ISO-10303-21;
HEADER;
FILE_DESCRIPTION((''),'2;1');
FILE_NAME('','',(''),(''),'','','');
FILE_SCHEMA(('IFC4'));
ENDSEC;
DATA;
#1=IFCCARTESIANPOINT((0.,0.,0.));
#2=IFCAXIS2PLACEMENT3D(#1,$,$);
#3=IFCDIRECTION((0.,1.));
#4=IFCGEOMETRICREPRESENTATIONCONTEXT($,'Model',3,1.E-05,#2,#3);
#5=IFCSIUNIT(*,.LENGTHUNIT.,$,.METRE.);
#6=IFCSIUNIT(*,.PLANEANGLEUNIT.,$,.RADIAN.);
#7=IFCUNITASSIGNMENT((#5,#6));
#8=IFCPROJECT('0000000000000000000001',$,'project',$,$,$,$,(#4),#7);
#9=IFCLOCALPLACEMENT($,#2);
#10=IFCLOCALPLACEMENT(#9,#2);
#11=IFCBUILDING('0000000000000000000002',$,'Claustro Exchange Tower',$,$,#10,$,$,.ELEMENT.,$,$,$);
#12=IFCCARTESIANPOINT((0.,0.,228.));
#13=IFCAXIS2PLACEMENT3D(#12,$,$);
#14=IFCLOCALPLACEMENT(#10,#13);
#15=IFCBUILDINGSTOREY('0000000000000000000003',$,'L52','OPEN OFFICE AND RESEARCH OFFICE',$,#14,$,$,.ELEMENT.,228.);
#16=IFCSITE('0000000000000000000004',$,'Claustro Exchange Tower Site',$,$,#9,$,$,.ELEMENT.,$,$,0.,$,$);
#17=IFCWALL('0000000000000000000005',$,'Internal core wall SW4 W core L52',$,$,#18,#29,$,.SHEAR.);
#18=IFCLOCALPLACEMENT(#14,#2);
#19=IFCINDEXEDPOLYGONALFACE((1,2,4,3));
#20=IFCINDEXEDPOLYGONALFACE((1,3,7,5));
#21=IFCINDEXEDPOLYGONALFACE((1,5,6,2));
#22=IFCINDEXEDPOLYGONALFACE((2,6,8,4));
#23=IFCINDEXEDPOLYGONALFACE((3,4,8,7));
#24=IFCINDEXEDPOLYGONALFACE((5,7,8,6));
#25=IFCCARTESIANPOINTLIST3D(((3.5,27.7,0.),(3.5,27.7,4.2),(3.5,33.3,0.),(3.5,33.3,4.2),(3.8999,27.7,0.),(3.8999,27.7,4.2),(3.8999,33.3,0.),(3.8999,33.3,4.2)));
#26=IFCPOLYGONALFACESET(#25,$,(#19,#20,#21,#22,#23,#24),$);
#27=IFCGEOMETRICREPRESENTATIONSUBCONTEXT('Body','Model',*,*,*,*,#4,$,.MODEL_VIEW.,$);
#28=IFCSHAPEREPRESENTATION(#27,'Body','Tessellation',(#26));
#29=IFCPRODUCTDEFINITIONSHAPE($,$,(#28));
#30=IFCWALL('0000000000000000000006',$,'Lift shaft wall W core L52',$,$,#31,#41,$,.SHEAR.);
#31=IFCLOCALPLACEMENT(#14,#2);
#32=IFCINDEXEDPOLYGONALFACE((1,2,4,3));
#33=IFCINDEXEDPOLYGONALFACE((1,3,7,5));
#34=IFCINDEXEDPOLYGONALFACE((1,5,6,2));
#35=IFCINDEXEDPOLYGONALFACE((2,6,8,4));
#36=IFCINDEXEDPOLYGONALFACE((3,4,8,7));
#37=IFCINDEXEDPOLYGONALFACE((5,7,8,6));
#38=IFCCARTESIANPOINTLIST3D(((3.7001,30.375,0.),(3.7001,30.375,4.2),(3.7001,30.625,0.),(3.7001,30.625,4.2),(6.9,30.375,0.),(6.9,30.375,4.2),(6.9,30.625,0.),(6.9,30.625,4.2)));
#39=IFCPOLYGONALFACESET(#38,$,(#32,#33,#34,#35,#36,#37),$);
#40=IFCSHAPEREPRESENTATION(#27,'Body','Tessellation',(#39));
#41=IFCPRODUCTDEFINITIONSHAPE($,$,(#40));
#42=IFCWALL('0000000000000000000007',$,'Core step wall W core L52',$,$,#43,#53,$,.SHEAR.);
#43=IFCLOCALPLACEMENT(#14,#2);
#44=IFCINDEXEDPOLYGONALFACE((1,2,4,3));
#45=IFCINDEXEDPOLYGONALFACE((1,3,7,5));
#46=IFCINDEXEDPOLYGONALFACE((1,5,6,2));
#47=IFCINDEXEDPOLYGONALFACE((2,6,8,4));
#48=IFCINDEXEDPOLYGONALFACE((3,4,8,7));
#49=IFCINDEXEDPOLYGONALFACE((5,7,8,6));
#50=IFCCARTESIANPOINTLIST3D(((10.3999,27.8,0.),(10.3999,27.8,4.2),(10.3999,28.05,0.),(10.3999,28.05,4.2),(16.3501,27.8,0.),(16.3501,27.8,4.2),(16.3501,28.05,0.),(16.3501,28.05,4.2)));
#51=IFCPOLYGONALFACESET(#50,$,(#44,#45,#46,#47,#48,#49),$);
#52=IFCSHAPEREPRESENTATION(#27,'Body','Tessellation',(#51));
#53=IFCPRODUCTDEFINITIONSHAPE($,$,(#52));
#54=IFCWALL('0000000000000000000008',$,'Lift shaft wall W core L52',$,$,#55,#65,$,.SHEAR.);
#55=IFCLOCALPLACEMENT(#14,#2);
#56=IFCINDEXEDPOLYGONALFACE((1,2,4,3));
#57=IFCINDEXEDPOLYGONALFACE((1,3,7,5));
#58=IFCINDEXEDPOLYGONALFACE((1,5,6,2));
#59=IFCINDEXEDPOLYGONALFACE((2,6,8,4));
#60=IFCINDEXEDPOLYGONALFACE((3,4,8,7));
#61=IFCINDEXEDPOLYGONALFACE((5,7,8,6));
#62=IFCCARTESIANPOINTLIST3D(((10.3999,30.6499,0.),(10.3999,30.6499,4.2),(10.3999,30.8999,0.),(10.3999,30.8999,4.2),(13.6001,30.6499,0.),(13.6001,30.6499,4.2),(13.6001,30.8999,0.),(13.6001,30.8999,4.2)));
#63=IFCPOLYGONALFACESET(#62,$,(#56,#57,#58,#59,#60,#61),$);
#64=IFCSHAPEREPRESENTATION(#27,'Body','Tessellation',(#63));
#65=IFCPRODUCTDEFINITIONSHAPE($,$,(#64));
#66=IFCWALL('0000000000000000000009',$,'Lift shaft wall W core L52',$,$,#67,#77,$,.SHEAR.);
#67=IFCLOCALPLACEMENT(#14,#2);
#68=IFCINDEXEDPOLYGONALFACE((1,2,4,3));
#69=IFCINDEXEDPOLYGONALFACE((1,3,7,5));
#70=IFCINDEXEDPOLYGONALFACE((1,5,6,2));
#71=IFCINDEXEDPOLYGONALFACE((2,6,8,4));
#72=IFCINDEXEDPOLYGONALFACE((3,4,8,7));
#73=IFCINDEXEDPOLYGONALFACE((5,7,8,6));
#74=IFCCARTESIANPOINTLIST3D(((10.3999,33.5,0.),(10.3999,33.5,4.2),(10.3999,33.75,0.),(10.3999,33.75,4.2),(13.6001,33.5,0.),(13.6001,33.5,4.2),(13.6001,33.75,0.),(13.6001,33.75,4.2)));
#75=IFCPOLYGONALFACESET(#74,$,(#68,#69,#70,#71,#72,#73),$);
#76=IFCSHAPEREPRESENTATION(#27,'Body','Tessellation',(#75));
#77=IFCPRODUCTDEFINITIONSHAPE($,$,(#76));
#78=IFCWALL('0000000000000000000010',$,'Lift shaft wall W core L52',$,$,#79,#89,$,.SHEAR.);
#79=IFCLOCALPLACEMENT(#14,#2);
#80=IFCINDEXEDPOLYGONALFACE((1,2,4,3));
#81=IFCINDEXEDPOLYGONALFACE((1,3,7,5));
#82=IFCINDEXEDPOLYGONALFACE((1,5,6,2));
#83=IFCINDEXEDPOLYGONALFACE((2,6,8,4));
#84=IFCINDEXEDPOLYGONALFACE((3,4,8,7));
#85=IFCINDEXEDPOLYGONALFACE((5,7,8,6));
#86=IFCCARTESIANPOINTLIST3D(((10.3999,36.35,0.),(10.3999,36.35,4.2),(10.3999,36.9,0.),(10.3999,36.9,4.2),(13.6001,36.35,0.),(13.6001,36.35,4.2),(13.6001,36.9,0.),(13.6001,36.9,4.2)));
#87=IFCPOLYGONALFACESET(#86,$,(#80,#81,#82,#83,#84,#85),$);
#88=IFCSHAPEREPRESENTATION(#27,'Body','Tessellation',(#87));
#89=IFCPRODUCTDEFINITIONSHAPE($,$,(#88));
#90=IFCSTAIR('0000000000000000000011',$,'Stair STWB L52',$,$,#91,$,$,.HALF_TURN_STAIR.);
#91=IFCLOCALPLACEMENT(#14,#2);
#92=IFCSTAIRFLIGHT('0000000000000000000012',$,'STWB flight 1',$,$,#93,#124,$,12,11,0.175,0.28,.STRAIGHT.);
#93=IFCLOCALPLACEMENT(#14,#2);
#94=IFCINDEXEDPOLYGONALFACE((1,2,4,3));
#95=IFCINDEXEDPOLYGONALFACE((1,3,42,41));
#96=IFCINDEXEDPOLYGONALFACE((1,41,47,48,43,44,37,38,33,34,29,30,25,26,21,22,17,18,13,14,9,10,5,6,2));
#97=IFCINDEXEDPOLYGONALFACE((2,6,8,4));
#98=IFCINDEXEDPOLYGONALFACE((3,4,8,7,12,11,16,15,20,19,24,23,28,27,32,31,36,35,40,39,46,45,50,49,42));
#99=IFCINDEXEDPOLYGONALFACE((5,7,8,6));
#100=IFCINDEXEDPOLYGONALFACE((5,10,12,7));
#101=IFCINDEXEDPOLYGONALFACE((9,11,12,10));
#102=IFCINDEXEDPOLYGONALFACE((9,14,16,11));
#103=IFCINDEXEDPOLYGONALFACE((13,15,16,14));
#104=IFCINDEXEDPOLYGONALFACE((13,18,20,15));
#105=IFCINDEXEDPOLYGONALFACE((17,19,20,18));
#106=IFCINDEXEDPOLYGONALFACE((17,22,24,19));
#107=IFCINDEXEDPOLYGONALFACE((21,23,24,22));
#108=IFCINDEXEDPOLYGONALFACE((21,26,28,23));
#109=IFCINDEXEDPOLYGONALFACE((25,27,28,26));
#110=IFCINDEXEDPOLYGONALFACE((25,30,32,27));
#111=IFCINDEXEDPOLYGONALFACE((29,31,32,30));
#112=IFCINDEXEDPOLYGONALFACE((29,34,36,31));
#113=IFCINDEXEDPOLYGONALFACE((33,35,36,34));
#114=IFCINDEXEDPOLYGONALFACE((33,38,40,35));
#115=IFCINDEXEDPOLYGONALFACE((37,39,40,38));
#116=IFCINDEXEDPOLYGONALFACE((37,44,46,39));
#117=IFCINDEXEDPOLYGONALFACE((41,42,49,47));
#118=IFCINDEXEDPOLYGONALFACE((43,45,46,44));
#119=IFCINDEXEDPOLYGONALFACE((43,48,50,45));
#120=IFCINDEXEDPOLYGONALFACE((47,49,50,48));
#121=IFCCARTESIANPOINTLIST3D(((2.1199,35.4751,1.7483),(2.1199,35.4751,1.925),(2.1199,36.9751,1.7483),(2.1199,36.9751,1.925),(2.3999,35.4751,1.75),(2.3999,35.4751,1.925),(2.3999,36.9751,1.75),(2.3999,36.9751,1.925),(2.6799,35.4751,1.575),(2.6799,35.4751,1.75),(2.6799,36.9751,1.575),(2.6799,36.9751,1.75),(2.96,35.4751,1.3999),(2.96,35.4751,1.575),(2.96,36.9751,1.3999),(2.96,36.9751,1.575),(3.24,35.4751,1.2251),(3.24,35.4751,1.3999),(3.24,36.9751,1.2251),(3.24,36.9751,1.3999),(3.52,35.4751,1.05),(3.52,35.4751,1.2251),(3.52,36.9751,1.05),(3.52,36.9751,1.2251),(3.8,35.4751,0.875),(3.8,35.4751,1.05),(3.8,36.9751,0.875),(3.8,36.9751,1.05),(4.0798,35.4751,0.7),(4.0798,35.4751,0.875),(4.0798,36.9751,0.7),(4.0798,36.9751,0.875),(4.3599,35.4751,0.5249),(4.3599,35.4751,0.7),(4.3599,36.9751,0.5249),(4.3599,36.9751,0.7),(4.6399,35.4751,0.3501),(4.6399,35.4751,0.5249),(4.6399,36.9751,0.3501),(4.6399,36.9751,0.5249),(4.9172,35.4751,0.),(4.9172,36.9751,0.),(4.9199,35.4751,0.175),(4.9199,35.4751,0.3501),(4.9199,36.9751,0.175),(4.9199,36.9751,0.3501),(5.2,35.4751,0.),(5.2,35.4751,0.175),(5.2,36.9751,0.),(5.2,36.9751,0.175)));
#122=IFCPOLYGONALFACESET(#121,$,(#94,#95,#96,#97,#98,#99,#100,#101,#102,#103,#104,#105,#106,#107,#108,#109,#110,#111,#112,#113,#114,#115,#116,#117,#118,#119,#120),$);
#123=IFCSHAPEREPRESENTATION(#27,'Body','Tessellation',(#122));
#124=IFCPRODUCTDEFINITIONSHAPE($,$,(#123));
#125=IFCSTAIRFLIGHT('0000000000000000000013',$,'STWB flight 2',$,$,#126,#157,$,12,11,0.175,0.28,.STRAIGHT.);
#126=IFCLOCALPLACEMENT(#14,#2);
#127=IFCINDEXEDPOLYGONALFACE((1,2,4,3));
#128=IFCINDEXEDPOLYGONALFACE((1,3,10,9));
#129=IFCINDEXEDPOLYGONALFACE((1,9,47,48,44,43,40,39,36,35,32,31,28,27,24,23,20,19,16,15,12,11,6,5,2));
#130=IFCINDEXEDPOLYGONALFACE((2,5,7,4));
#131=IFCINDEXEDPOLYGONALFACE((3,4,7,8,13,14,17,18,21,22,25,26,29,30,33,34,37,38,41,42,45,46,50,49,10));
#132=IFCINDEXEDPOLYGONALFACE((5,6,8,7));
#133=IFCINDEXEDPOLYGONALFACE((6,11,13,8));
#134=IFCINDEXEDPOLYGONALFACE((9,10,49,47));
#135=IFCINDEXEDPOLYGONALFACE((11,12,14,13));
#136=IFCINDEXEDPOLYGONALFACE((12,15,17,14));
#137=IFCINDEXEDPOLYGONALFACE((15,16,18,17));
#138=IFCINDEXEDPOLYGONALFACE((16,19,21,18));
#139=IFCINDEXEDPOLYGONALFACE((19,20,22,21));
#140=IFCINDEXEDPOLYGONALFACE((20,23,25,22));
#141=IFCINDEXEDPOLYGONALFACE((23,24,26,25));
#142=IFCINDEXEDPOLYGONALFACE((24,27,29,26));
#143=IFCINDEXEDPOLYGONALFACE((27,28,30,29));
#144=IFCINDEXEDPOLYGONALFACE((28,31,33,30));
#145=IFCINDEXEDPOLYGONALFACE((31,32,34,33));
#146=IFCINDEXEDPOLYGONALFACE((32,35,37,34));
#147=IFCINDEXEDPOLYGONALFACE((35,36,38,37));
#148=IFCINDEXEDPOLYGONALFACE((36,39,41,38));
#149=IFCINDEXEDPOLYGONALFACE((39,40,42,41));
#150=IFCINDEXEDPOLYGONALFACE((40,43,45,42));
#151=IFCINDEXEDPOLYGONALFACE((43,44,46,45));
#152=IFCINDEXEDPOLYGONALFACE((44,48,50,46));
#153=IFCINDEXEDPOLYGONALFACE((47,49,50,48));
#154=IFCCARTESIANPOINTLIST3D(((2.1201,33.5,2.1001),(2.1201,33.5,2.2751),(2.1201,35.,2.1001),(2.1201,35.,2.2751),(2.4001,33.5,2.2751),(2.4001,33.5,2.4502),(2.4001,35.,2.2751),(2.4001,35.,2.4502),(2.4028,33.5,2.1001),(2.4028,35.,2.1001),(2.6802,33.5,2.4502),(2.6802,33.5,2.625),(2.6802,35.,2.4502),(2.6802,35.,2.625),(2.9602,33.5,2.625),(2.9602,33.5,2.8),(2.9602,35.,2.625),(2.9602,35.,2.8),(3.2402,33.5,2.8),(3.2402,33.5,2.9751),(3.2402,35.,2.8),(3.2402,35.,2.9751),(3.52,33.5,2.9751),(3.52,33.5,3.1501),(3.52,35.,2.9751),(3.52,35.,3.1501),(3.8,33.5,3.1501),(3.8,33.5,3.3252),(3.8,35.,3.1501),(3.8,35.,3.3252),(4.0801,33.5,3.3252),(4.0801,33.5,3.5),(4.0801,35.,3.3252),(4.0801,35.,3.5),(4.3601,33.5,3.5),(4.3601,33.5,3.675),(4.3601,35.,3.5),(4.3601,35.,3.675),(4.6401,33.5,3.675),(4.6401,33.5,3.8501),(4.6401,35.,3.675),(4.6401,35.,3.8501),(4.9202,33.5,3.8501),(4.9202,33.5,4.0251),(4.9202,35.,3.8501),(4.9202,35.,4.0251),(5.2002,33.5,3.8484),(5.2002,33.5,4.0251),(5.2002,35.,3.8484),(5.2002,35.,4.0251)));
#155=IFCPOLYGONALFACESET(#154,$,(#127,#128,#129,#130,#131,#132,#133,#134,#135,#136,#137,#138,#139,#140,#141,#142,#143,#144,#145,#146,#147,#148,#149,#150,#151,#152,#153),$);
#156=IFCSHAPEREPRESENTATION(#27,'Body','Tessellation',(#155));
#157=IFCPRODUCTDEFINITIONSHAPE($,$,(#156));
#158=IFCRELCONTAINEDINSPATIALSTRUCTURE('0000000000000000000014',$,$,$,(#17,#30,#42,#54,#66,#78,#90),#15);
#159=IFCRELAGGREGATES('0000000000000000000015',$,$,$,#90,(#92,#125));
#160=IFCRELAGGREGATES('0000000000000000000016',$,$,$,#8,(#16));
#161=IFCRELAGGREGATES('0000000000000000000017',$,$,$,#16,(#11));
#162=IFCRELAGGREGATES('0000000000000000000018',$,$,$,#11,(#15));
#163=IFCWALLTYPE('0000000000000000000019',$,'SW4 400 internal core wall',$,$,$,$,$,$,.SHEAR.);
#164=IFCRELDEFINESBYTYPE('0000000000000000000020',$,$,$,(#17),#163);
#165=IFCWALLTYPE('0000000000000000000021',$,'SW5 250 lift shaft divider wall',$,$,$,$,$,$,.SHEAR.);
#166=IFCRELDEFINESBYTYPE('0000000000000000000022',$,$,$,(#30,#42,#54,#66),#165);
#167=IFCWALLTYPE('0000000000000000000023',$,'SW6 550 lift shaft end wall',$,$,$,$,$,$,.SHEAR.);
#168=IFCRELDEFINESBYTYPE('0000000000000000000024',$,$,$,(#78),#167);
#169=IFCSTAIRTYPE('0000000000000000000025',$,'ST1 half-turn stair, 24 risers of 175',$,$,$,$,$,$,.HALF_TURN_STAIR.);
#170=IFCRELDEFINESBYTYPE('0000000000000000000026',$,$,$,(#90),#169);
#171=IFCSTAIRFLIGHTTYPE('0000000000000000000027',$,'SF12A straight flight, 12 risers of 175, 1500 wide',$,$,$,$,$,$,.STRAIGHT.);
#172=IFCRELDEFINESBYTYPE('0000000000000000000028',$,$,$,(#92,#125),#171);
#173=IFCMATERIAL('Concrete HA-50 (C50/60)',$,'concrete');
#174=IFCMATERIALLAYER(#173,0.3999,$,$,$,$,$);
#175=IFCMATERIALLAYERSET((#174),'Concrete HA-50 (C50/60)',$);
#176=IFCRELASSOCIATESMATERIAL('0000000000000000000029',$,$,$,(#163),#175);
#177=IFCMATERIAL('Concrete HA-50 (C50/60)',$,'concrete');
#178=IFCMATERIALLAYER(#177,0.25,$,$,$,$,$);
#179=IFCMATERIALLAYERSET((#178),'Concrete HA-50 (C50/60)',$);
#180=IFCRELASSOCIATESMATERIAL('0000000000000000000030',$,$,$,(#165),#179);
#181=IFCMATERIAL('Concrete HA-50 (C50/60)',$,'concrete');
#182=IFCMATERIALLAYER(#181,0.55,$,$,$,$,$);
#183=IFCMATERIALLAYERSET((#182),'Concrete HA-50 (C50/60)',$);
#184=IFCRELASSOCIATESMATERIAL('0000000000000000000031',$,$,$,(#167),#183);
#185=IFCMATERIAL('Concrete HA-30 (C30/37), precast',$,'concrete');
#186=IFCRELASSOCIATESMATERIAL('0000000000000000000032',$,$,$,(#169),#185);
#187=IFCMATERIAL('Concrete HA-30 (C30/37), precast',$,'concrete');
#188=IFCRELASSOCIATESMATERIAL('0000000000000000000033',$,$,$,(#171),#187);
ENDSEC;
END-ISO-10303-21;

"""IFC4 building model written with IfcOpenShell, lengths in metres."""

from ifc_helpers import new_model, si_unit, direction, frame, frame_2d, origin, place, context, subcontext, project, spatial, polyline, rectangle, outline, extrude, material, layer, layer_set, type_object, element, aggregate, save


model = new_model("IFC4")

# Units and contexts
model_context = context("Model", 3, precision=1e-05, world=origin(), true_north=direction((0.0, 1.0)))
body_context = subcontext(model_context, "Body", "Model", "MODEL_VIEW")
ifc_project = project(units=[si_unit("LENGTHUNIT", "METRE"), si_unit("PLANEANGLEUNIT", "RADIAN")], contexts=[model_context])

# Site, building, storey
site_placement = place(None, origin())
site = spatial("IfcSite", under=ifc_project, at=site_placement, Name="Claustro Exchange Tower Site", CompositionType="ELEMENT", RefElevation=0.0)
building_placement = place(site_placement, origin())
building = spatial("IfcBuilding", under=site, at=building_placement, Name="Claustro Exchange Tower", CompositionType="ELEMENT")
storey_placement = place(building_placement, frame((0.0, 0.0, 228.0)))
storey = spatial("IfcBuildingStorey", under=building, at=storey_placement, Name="L52", Description="OPEN OFFICE AND RESEARCH OFFICE", CompositionType="ELEMENT", Elevation=228.0)

# Walls
ifc_material_1 = material(Name="Concrete HA-50 (C50/60)", Category="concrete")
ifc_layer_1 = layer(ifc_material_1, 0.3999)
ifc_layer_set_1 = layer_set([ifc_layer_1], Name="Concrete HA-50 (C50/60)")
wall_type_1 = type_object("IfcWallType", Name="SW4 400 internal core wall", PredefinedType="SHEAR", material=ifc_layer_set_1)
wall_1_placement = place(storey_placement, frame((3.7, 27.7, 0.0), z_axis=(0.0, 0.0, 1.0), x_axis=(0.0, 1.0, 0.0)))
element("IfcWall", 1, at=wall_1_placement, inside=storey, type_object=wall_type_1, Name="Internal core wall SW4 W core L52", PredefinedType="SHEAR", context=body_context, shape_type="SweptSolid", body=[
    extrude(rectangle(XDim=5.6001, YDim=0.3999, at=frame_2d((2.8, 0.0))), origin(), (0.0, 0.0, 1.0), 4.2),
])
ifc_material_2 = material(Name="Concrete HA-50 (C50/60)", Category="concrete")
ifc_layer_2 = layer(ifc_material_2, 0.25)
ifc_layer_set_2 = layer_set([ifc_layer_2], Name="Concrete HA-50 (C50/60)")
wall_type_2 = type_object("IfcWallType", Name="SW5 250 lift shaft divider wall", PredefinedType="SHEAR", material=ifc_layer_set_2)
wall_2_placement = place(storey_placement, frame((3.7, 30.5, 0.0), z_axis=(0.0, 0.0, 1.0), x_axis=(1.0, 0.0, 0.0)))
element("IfcWall", 2, at=wall_2_placement, inside=storey, type_object=wall_type_2, Name="Lift shaft wall W core L52", PredefinedType="SHEAR", context=body_context, shape_type="SweptSolid", body=[
    extrude(rectangle(XDim=3.2, YDim=0.25, at=frame_2d((1.6001, 0.0))), origin(), (0.0, 0.0, 1.0), 4.2),
])
wall_3_placement = place(storey_placement, frame((10.3999, 27.925, 0.0), z_axis=(0.0, 0.0, 1.0), x_axis=(1.0, 0.0, 0.0)))
element("IfcWall", 3, at=wall_3_placement, inside=storey, type_object=wall_type_2, Name="Core step wall W core L52", PredefinedType="SHEAR", context=body_context, shape_type="SweptSolid", body=[
    extrude(rectangle(XDim=5.9502, YDim=0.25, at=frame_2d((2.9751, 0.0))), origin(), (0.0, 0.0, 1.0), 4.2),
])
for number, where, z_axis, x_axis, name in (
    (4, (10.3999, 30.7749, 0.0), (0.0, 0.0, 1.0), (1.0, 0.0, 0.0), "Lift shaft wall W core L52"),
    (5, (10.3999, 33.625, 0.0), (0.0, 0.0, 1.0), (1.0, 0.0, 0.0), "Lift shaft wall W core L52"),
):
    element("IfcWall", number, at=place(storey_placement, frame(where, z_axis=z_axis, x_axis=x_axis)), inside=storey, type_object=wall_type_2, Name=name, PredefinedType="SHEAR", context=body_context, shape_type="SweptSolid", body=[
        extrude(rectangle(XDim=3.2002, YDim=0.25, at=frame_2d((1.6001, 0.0))), origin(), (0.0, 0.0, 1.0), 4.2),
    ])
ifc_material_3 = material(Name="Concrete HA-50 (C50/60)", Category="concrete")
ifc_layer_3 = layer(ifc_material_3, 0.55)
ifc_layer_set_3 = layer_set([ifc_layer_3], Name="Concrete HA-50 (C50/60)")
wall_type_3 = type_object("IfcWallType", Name="SW6 550 lift shaft end wall", PredefinedType="SHEAR", material=ifc_layer_set_3)
wall_4_placement = place(storey_placement, frame((10.3999, 36.625, 0.0), z_axis=(0.0, 0.0, 1.0), x_axis=(1.0, 0.0, 0.0)))
element("IfcWall", 6, at=wall_4_placement, inside=storey, type_object=wall_type_3, Name="Lift shaft wall W core L52", PredefinedType="SHEAR", context=body_context, shape_type="SweptSolid", body=[
    extrude(rectangle(XDim=3.2002, YDim=0.55, at=frame_2d((1.6001, 0.0))), origin(), (0.0, 0.0, 1.0), 4.2),
])

# Stair, stair flights
ifc_material_4 = material(Name="Concrete HA-30 (C30/37), precast", Category="concrete")
stair_type = type_object("IfcStairType", Name="ST1 half-turn stair, 24 risers of 175", PredefinedType="HALF_TURN_STAIR", material=ifc_material_4)
stair_placement = place(storey_placement, origin())
stair = element("IfcStair", 7, at=stair_placement, inside=storey, type_object=stair_type, Name="Stair STWB L52", PredefinedType="HALF_TURN_STAIR")
ifc_material_5 = material(Name="Concrete HA-30 (C30/37), precast", Category="concrete")
stair_flight_type = type_object("IfcStairFlightType", Name="SF12A straight flight, 12 risers of 175, 1500 wide", PredefinedType="STRAIGHT", material=ifc_material_5)
stair_flight_1_placement = place(storey_placement, frame((5.2, 36.2251, 0.0), z_axis=(0.0, 0.0, 1.0), x_axis=(-1.0, 0.0, 0.0)))
stair_flight_1 = element("IfcStairFlight", 8, at=stair_flight_1_placement, type_object=stair_flight_type, Name="STWB flight 1", NumberOfRisers=12, NumberOfTreads=11, PredefinedType="STRAIGHT", RiserHeight=0.175, TreadLength=0.28, context=body_context, shape_type="SweptSolid", body=[
    extrude(outline(polyline([(0.0, 0.0), (0.0, 0.175), (0.28, 0.175), (0.28, 0.3501), (0.5601, 0.3501), (0.5601, 0.5249), (0.8401, 0.5249), (0.8401, 0.7), (1.1201, 0.7), (1.1201, 0.875), (1.3999, 0.875), (1.3999, 1.05), (1.6799, 1.05), (1.6799, 1.2251), (1.96, 1.2251), (1.96, 1.3999), (2.24, 1.3999), (2.24, 1.575), (2.52, 1.575), (2.52, 1.75), (2.8, 1.75), (2.8, 1.925), (3.0801, 1.925), (3.0801, 2.1001), (3.0801, 1.7483), (0.2827, 0.0), (0.0, 0.0)])), frame((0.0, 0.75, 0.0), z_axis=(0.0, -1.0, 0.0), x_axis=(1.0, 0.0, 0.0)), (0.0, 0.0, 1.0), 1.5),
])
stair_flight_2_placement = place(storey_placement, frame((2.1201, 34.25, 2.1001), z_axis=(0.0, 0.0, 1.0), x_axis=(1.0, 0.0, 0.0)))
stair_flight_2 = element("IfcStairFlight", 9, at=stair_flight_2_placement, type_object=stair_flight_type, Name="STWB flight 2", NumberOfRisers=12, NumberOfTreads=11, PredefinedType="STRAIGHT", RiserHeight=0.175, TreadLength=0.28, context=body_context, shape_type="SweptSolid", body=[
    extrude(outline(polyline([(0.0, 0.0), (0.0, 0.175), (0.28, 0.175), (0.28, 0.3501), (0.5601, 0.3501), (0.5601, 0.5249), (0.8401, 0.5249), (0.8401, 0.7), (1.1201, 0.7), (1.1201, 0.875), (1.3999, 0.875), (1.3999, 1.05), (1.6799, 1.05), (1.6799, 1.2251), (1.96, 1.2251), (1.96, 1.3999), (2.24, 1.3999), (2.24, 1.575), (2.52, 1.575), (2.52, 1.75), (2.8, 1.75), (2.8, 1.925), (3.0801, 1.925), (3.0801, 2.1001), (3.0801, 1.7483), (0.2827, 0.0), (0.0, 0.0)])), frame((0.0, 0.75, 0.0), z_axis=(0.0, -1.0, 0.0), x_axis=(1.0, 0.0, 0.0)), (0.0, 0.0, 1.0), 1.5),
])
aggregate(stair, [stair_flight_1, stair_flight_2])

save(model, "model.ifc")
